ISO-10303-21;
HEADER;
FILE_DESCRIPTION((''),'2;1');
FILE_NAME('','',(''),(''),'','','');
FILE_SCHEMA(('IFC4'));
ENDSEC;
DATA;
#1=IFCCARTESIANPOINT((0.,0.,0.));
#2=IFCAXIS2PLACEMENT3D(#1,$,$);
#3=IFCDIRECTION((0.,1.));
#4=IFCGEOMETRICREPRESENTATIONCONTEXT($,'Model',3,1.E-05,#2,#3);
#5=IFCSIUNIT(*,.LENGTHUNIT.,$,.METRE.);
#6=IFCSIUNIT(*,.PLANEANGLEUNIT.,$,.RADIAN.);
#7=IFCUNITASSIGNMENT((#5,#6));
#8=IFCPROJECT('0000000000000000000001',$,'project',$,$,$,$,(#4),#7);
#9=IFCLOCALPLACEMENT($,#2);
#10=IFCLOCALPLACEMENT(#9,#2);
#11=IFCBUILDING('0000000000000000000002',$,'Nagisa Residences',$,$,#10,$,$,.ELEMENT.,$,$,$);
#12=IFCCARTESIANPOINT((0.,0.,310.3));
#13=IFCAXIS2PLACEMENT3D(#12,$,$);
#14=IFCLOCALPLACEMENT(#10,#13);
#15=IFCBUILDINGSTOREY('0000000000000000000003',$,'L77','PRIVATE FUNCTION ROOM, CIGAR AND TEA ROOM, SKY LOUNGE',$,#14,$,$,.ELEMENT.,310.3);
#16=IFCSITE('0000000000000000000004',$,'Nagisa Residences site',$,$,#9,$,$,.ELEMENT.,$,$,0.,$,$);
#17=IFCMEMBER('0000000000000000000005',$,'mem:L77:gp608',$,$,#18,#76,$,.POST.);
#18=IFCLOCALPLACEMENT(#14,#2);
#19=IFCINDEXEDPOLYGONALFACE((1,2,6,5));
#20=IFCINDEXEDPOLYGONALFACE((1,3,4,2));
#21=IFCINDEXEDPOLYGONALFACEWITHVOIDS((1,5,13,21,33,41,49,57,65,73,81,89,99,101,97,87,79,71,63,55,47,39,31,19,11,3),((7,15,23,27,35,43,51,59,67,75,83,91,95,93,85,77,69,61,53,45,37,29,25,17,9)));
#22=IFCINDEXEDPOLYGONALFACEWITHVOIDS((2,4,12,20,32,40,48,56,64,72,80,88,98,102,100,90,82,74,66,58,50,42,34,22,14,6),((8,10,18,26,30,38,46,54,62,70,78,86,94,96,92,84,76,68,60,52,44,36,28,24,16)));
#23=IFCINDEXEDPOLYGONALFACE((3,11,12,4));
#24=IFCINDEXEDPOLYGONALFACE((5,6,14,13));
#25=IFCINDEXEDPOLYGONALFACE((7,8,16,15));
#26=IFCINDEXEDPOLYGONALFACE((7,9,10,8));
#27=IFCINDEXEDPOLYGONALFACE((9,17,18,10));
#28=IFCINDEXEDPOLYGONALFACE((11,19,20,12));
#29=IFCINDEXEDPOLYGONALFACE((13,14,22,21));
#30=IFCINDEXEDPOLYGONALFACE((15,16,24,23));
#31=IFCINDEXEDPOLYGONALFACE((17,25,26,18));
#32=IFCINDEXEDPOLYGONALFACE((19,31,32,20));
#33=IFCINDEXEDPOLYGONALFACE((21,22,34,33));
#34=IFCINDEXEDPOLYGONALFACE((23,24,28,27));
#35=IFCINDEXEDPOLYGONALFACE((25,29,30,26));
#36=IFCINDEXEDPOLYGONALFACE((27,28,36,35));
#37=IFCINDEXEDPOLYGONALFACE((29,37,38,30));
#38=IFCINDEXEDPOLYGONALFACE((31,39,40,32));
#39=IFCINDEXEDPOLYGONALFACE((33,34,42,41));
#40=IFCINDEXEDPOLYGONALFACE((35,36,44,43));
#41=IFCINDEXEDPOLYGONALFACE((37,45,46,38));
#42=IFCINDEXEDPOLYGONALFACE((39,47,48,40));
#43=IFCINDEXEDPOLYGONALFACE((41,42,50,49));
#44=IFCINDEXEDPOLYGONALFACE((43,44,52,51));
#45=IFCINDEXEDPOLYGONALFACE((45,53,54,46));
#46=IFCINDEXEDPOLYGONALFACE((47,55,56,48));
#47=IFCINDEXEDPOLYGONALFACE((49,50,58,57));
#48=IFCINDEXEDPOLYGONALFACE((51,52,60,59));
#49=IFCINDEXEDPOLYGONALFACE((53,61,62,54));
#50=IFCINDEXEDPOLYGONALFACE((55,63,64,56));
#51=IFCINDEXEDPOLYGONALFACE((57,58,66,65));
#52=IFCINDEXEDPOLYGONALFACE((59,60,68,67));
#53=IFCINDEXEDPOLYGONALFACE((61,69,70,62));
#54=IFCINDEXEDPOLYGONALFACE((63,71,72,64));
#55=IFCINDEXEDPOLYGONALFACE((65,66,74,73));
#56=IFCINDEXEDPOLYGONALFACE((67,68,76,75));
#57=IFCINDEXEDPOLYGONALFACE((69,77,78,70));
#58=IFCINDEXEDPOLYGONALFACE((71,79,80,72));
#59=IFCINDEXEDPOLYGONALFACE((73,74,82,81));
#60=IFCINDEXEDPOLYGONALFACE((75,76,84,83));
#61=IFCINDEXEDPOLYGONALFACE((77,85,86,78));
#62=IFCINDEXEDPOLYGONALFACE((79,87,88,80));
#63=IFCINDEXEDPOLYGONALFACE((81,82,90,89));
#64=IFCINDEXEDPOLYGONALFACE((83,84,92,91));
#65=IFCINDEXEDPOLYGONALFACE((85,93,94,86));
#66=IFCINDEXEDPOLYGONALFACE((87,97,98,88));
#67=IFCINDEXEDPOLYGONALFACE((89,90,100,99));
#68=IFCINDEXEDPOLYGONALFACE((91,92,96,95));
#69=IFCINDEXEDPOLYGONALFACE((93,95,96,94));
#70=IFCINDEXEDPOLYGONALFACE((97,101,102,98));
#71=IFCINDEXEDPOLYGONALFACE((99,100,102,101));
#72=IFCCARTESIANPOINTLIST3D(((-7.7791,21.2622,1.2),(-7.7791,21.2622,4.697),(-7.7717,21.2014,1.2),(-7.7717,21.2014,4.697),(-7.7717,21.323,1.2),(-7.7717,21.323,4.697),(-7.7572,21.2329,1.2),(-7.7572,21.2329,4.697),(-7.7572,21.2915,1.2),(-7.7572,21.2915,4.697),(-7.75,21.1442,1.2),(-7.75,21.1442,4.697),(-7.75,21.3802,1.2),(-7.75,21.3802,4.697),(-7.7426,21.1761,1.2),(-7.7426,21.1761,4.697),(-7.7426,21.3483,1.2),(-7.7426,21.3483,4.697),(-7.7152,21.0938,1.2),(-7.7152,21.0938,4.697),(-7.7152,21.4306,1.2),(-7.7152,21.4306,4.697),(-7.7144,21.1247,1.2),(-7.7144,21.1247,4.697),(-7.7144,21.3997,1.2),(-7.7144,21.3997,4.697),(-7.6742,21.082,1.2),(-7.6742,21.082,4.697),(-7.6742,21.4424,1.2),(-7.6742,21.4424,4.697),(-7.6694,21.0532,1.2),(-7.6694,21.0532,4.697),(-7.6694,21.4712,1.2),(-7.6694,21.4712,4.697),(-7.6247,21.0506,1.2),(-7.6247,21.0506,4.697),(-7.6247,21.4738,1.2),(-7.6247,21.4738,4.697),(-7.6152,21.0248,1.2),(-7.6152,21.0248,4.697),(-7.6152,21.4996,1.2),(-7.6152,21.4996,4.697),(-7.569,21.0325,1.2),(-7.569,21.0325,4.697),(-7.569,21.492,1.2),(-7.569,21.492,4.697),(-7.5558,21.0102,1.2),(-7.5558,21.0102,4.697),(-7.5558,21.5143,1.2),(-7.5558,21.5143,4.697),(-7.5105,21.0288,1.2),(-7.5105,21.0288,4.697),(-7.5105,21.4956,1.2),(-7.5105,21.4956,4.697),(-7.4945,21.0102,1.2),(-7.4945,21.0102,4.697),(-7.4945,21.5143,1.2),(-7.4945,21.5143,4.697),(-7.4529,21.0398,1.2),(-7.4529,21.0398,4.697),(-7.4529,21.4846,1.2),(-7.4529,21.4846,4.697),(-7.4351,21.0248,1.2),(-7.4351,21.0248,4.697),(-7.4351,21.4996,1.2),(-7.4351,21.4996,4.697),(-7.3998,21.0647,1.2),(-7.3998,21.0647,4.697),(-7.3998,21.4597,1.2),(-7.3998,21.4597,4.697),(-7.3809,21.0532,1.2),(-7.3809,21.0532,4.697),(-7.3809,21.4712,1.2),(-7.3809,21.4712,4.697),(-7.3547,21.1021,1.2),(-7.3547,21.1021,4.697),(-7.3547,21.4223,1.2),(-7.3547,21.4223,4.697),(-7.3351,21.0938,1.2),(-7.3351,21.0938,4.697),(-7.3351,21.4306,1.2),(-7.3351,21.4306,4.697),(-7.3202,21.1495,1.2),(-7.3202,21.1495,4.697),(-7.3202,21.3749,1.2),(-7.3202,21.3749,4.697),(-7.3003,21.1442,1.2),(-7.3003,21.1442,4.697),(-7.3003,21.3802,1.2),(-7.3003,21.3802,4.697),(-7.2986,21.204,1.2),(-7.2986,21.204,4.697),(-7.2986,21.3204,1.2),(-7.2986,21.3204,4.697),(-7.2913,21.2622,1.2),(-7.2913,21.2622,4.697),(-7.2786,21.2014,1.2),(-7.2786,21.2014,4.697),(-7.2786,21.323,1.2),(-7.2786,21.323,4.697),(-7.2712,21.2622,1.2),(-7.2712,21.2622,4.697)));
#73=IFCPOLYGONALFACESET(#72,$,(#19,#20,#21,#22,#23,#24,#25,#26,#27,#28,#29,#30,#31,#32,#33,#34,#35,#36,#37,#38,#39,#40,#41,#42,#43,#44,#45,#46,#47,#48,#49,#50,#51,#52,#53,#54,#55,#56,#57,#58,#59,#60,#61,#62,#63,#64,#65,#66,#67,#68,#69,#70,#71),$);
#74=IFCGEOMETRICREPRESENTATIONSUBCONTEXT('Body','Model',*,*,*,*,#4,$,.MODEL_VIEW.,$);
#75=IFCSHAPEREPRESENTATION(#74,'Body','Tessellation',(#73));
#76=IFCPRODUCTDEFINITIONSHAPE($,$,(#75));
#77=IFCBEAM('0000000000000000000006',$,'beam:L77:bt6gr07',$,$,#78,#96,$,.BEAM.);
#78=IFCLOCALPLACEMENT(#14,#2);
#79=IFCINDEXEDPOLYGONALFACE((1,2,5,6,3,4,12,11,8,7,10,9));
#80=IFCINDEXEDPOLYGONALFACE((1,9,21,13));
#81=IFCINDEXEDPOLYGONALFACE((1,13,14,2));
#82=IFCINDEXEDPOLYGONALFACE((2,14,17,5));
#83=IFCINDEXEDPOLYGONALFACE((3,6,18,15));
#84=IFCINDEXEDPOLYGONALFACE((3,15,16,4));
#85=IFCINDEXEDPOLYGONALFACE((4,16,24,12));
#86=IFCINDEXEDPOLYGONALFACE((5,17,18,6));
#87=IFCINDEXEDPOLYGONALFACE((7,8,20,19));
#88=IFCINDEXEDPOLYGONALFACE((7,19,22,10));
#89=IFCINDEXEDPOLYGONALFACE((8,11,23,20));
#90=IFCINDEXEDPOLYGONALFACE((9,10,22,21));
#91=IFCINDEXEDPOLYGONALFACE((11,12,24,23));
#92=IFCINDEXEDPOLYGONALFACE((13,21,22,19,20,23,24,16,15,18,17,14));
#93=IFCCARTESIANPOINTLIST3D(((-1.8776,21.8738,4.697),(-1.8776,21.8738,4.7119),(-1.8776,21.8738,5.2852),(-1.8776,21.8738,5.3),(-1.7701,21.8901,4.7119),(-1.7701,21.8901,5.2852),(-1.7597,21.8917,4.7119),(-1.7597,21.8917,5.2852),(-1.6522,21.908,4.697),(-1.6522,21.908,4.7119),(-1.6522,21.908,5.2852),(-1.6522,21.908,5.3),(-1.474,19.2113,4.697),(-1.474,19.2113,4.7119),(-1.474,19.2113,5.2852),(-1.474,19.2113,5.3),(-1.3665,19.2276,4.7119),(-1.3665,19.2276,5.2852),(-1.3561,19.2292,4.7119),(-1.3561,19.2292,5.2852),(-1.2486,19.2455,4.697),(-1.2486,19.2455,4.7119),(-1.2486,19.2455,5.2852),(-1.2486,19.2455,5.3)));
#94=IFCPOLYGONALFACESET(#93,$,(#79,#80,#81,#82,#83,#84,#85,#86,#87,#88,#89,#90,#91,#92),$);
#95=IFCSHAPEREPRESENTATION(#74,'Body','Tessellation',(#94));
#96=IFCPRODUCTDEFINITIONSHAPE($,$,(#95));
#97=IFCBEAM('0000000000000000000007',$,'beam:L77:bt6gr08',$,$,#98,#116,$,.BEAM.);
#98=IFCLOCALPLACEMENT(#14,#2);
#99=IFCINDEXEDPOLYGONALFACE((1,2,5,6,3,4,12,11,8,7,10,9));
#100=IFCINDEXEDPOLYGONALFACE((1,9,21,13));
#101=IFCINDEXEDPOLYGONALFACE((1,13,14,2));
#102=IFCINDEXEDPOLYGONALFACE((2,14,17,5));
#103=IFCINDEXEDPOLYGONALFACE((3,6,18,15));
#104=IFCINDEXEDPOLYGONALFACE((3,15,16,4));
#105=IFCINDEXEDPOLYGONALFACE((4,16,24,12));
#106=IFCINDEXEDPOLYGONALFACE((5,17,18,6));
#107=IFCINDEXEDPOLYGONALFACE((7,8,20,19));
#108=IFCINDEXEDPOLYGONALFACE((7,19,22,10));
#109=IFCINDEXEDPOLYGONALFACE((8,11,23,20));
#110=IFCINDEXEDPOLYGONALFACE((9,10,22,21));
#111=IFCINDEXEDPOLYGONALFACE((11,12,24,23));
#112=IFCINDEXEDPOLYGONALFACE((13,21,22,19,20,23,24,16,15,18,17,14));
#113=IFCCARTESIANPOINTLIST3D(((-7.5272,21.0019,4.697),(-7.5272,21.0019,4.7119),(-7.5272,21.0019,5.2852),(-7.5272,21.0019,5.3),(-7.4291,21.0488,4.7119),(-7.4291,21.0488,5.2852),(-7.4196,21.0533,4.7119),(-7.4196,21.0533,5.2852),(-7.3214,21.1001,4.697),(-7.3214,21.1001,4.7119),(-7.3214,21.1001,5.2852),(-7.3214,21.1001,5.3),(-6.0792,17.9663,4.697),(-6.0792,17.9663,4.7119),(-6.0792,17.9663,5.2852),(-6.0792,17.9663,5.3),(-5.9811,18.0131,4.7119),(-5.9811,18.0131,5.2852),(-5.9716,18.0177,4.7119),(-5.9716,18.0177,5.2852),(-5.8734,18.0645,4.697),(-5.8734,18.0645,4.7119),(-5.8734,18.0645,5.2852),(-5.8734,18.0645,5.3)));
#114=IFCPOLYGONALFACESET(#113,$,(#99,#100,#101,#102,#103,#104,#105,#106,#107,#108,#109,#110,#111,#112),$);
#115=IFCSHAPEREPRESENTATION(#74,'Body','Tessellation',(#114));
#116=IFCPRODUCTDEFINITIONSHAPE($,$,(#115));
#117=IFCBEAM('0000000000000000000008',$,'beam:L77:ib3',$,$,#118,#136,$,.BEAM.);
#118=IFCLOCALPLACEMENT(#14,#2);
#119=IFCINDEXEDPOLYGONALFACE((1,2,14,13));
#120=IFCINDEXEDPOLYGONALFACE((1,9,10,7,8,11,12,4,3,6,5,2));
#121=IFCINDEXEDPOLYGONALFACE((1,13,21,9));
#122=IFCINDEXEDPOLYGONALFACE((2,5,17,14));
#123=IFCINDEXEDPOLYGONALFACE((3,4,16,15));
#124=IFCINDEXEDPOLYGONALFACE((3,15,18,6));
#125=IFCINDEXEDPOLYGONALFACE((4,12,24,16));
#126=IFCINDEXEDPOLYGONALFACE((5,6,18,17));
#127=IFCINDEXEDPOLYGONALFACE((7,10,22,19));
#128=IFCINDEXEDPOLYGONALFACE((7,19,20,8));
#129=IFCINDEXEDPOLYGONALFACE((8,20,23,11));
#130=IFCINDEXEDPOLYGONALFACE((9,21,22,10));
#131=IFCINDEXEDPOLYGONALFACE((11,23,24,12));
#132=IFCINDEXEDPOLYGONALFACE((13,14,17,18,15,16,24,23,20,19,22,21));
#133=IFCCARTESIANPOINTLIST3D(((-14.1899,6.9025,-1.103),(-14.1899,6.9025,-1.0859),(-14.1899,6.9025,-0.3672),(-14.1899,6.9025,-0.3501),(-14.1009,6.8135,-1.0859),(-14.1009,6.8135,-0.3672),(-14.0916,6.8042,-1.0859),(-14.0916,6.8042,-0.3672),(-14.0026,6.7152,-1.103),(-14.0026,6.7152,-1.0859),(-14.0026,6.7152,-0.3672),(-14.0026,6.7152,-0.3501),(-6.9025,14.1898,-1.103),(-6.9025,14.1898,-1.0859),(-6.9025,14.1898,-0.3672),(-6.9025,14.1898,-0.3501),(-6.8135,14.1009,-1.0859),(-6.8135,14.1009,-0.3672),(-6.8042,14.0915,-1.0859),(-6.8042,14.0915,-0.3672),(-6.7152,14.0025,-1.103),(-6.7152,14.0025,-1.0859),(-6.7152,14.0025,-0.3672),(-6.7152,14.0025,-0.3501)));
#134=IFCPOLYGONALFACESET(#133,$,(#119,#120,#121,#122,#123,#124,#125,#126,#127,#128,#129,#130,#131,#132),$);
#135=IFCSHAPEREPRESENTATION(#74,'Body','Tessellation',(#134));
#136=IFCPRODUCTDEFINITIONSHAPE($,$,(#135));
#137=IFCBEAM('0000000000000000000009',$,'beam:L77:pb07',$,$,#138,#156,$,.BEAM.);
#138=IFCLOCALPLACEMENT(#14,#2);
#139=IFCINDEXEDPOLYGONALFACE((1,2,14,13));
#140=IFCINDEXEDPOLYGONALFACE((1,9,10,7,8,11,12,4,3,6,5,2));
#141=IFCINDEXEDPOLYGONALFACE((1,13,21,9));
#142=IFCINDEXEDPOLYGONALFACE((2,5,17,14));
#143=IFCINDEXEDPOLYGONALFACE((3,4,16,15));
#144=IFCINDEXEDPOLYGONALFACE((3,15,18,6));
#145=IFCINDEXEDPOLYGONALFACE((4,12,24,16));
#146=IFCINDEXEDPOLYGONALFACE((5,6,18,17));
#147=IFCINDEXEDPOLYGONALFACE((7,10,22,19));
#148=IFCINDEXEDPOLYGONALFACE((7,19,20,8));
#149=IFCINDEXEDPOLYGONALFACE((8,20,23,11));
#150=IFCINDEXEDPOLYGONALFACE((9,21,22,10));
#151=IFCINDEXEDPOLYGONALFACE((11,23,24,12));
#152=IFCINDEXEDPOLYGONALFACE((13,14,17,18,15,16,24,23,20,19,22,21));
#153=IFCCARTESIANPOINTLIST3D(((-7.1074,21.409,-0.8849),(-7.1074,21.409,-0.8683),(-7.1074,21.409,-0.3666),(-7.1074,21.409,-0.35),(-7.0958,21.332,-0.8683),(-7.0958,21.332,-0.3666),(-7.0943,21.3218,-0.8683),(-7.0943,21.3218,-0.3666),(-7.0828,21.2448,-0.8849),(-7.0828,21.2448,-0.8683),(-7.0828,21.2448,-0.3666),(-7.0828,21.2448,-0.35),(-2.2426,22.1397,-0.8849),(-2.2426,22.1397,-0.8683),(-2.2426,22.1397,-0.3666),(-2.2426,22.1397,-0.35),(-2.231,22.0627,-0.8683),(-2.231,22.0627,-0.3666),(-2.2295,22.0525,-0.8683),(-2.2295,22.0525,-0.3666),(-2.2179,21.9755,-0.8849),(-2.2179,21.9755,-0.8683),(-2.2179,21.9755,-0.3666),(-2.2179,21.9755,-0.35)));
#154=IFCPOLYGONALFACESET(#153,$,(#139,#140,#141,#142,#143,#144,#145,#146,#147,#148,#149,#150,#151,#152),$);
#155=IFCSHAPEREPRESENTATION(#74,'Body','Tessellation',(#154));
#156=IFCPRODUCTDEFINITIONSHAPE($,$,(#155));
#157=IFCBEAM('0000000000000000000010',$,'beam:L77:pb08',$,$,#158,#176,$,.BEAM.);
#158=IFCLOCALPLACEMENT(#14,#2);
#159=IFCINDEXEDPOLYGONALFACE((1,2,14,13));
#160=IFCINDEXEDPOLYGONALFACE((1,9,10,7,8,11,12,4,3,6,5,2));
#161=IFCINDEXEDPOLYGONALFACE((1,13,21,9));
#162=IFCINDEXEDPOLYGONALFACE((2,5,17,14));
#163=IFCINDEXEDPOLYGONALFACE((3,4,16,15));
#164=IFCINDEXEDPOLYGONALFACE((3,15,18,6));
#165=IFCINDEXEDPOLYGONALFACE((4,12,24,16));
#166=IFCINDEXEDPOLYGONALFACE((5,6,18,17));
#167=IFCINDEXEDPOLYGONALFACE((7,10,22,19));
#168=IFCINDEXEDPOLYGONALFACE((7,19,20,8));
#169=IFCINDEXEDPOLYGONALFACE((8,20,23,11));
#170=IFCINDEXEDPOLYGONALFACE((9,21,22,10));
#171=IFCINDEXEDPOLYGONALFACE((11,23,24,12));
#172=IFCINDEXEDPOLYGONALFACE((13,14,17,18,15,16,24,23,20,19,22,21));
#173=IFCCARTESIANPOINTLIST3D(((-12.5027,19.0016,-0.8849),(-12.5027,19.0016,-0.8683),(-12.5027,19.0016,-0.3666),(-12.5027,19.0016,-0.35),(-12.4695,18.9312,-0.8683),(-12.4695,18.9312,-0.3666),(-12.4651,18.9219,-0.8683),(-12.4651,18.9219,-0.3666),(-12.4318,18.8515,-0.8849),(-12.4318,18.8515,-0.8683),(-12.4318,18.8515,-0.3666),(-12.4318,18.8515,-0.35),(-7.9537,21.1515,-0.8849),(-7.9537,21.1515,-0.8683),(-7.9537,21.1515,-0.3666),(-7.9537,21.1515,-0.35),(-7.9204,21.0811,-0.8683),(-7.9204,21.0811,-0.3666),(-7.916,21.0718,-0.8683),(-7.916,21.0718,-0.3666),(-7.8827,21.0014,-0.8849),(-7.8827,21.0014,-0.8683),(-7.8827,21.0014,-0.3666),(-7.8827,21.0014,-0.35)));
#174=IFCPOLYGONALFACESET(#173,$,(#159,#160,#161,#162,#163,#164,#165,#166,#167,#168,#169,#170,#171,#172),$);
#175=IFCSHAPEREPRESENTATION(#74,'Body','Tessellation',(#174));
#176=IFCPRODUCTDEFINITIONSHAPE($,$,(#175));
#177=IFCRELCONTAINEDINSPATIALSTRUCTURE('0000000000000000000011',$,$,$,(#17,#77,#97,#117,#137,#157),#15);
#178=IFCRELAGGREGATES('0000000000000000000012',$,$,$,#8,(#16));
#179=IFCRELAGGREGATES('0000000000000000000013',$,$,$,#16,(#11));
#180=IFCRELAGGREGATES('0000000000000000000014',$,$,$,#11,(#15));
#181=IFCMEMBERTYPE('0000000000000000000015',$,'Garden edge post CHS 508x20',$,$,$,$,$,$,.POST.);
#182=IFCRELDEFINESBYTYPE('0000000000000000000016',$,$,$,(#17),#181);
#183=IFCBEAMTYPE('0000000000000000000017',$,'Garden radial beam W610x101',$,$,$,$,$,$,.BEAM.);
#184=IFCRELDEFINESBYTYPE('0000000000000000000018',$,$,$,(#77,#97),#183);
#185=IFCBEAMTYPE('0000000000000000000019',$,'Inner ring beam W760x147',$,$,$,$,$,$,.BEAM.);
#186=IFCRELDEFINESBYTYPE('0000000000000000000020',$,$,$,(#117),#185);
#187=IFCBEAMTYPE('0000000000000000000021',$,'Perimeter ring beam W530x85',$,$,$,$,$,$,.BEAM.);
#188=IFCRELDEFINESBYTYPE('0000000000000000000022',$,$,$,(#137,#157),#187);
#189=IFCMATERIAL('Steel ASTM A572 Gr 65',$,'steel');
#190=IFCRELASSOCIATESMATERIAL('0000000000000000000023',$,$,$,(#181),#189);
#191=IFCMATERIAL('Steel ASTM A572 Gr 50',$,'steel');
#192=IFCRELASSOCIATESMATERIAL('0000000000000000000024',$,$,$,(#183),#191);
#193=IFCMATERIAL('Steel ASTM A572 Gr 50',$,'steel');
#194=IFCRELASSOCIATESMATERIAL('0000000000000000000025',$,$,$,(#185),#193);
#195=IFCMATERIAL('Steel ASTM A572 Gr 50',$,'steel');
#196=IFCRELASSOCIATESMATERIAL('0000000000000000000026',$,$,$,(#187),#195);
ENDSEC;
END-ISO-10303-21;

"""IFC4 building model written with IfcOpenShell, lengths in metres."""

from ifc_helpers import new_model, si_unit, direction, frame, origin, origin_2d, place, context, subcontext, project, spatial, hollow_circle, i_section, extrude, material, material_profile, profile_set, type_object, element, save


model = new_model("IFC4")

# Units and contexts
model_context = context("Model", 3, precision=1e-05, world=origin(), true_north=direction((0.0, 1.0)))
body_context = subcontext(model_context, "Body", "Model", "MODEL_VIEW")
ifc_project = project(units=[si_unit("LENGTHUNIT", "METRE"), si_unit("PLANEANGLEUNIT", "RADIAN")], contexts=[model_context])

# Site, building, storey
site_placement = place(None, origin())
site = spatial("IfcSite", under=ifc_project, at=site_placement, Name="Nagisa Residences site", CompositionType="ELEMENT", RefElevation=0.0)
building_placement = place(site_placement, origin())
building = spatial("IfcBuilding", under=site, at=building_placement, Name="Nagisa Residences", CompositionType="ELEMENT")
storey_placement = place(building_placement, frame((0.0, 0.0, 310.3)))
storey = spatial("IfcBuildingStorey", under=building, at=storey_placement, Name="L77", Description="PRIVATE FUNCTION ROOM, CIGAR AND TEA ROOM, SKY LOUNGE", CompositionType="ELEMENT", Elevation=310.3)

# Member
ifc_material_1 = material(Name="Steel ASTM A572 Gr 65", Category="steel")
ifc_material_profile_1 = material_profile(ifc_material_1, hollow_circle(Radius=0.2539, WallThickness=0.02, at=origin_2d()), Name="CHS 508x20")
ifc_profile_set_1 = profile_set([ifc_material_profile_1], Name="Steel ASTM A572 Gr 65")
member_type_1 = type_object("IfcMemberType", Name="Garden edge post CHS 508x20", PredefinedType="POST", material=ifc_profile_set_1)
for number, where, z_axis, x_axis, name in (
    (1, (-7.5251, 21.2622, 1.2), (0.0, 0.0, 1.0), (1.0, 0.0, 0.0), "mem:L77:gp608"),
):
    element("IfcMember", number, at=place(storey_placement, frame(where, z_axis=z_axis, x_axis=x_axis)), inside=storey, type_object=member_type_1, Name=name, PredefinedType="POST", context=body_context, shape_type="SweptSolid", body=[
        extrude(hollow_circle(Radius=0.2539, WallThickness=0.02, at=origin_2d()), origin(), (0.0, 0.0, 1.0), 3.4971),
    ])

# Beams
ifc_material_2 = material(Name="Steel ASTM A572 Gr 50", Category="steel")
ifc_material_profile_2 = material_profile(ifc_material_2, i_section(OverallWidth=0.228, OverallDepth=0.603, WebThickness=0.0105, FlangeThickness=0.0149, at=origin_2d()), Name="W610x101")
ifc_profile_set_2 = profile_set([ifc_material_profile_2], Name="Steel ASTM A572 Gr 50")
beam_type_1 = type_object("IfcBeamType", Name="Garden radial beam W610x101", PredefinedType="BEAM", material=ifc_profile_set_2)
beam_1_placement = place(storey_placement, frame((-1.7649, 21.8909, 4.9985), z_axis=(0.14987, -0.988706, 0.0), x_axis=(0.988706, 0.14987, 0.0)))
element("IfcBeam", 2, at=beam_1_placement, inside=storey, type_object=beam_type_1, Name="beam:L77:bt6gr07", PredefinedType="BEAM", context=body_context, shape_type="SweptSolid", body=[
    extrude(i_section(OverallWidth=0.228, OverallDepth=0.603, WebThickness=0.0105, FlangeThickness=0.0149, at=origin_2d()), origin(), (0.0, 0.0, 1.0), 2.6929),
])
beam_2_placement = place(storey_placement, frame((-7.4243, 21.051, 4.9985), z_axis=(0.430528, -0.902577, 0.0), x_axis=(0.902577, 0.430528, 0.0)))
element("IfcBeam", 3, at=beam_2_placement, inside=storey, type_object=beam_type_1, Name="beam:L77:bt6gr08", PredefinedType="BEAM", context=body_context, shape_type="SweptSolid", body=[
    extrude(i_section(OverallWidth=0.228, OverallDepth=0.603, WebThickness=0.0105, FlangeThickness=0.0149, at=origin_2d()), origin(), (0.0, 0.0, 1.0), 3.3633),
])
ifc_material_3 = material(Name="Steel ASTM A572 Gr 50", Category="steel")
ifc_material_profile_3 = material_profile(ifc_material_3, i_section(OverallWidth=0.2649, OverallDepth=0.7529, WebThickness=0.0132, FlangeThickness=0.0171, at=origin_2d()), Name="W760x147")
ifc_profile_set_3 = profile_set([ifc_material_profile_3], Name="Steel ASTM A572 Gr 50")
beam_type_2 = type_object("IfcBeamType", Name="Inner ring beam W760x147", PredefinedType="BEAM", material=ifc_profile_set_3)
beam_3_placement = place(storey_placement, frame((-6.8088, 14.0962, -0.7266), z_axis=(-0.707107, -0.707107, 0.0), x_axis=(0.707107, -0.707107, 0.0)))
element("IfcBeam", 4, at=beam_3_placement, inside=storey, type_object=beam_type_2, Name="beam:L77:ib3", PredefinedType="BEAM", context=body_context, shape_type="SweptSolid", body=[
    extrude(i_section(OverallWidth=0.2649, OverallDepth=0.7529, WebThickness=0.0132, FlangeThickness=0.0171, at=origin_2d()), origin(), (0.0, 0.0, 1.0), 10.3059),
])
ifc_material_4 = material(Name="Steel ASTM A572 Gr 50", Category="steel")
ifc_material_profile_4 = material_profile(ifc_material_4, i_section(OverallWidth=0.166, OverallDepth=0.5349, WebThickness=0.0103, FlangeThickness=0.0166, at=origin_2d()), Name="W530x85")
ifc_profile_set_4 = profile_set([ifc_material_profile_4], Name="Steel ASTM A572 Gr 50")
beam_type_3 = type_object("IfcBeamType", Name="Perimeter ring beam W530x85", PredefinedType="BEAM", material=ifc_profile_set_4)
beam_4_placement = place(storey_placement, frame((-2.2302, 22.0576, -0.6174), z_axis=(-0.988906, -0.148539, 0.0), x_axis=(0.148539, -0.988906, 0.0)))
element("IfcBeam", 5, at=beam_4_placement, inside=storey, type_object=beam_type_3, Name="beam:L77:pb07", PredefinedType="BEAM", context=body_context, shape_type="SweptSolid", body=[
    extrude(i_section(OverallWidth=0.166, OverallDepth=0.5349, WebThickness=0.0103, FlangeThickness=0.0166, at=origin_2d()), origin(), (0.0, 0.0, 1.0), 4.9194),
])
beam_5_placement = place(storey_placement, frame((-7.9182, 21.0764, -0.6174), z_axis=(-0.904116, -0.427287, 0.0), x_axis=(0.427287, -0.904116, 0.0)))
element("IfcBeam", 6, at=beam_5_placement, inside=storey, type_object=beam_type_3, Name="beam:L77:pb08", PredefinedType="BEAM", context=body_context, shape_type="SweptSolid", body=[
    extrude(i_section(OverallWidth=0.166, OverallDepth=0.5349, WebThickness=0.0103, FlangeThickness=0.0166, at=origin_2d()), origin(), (0.0, 0.0, 1.0), 5.0315),
])

save(model, "model.ifc")
